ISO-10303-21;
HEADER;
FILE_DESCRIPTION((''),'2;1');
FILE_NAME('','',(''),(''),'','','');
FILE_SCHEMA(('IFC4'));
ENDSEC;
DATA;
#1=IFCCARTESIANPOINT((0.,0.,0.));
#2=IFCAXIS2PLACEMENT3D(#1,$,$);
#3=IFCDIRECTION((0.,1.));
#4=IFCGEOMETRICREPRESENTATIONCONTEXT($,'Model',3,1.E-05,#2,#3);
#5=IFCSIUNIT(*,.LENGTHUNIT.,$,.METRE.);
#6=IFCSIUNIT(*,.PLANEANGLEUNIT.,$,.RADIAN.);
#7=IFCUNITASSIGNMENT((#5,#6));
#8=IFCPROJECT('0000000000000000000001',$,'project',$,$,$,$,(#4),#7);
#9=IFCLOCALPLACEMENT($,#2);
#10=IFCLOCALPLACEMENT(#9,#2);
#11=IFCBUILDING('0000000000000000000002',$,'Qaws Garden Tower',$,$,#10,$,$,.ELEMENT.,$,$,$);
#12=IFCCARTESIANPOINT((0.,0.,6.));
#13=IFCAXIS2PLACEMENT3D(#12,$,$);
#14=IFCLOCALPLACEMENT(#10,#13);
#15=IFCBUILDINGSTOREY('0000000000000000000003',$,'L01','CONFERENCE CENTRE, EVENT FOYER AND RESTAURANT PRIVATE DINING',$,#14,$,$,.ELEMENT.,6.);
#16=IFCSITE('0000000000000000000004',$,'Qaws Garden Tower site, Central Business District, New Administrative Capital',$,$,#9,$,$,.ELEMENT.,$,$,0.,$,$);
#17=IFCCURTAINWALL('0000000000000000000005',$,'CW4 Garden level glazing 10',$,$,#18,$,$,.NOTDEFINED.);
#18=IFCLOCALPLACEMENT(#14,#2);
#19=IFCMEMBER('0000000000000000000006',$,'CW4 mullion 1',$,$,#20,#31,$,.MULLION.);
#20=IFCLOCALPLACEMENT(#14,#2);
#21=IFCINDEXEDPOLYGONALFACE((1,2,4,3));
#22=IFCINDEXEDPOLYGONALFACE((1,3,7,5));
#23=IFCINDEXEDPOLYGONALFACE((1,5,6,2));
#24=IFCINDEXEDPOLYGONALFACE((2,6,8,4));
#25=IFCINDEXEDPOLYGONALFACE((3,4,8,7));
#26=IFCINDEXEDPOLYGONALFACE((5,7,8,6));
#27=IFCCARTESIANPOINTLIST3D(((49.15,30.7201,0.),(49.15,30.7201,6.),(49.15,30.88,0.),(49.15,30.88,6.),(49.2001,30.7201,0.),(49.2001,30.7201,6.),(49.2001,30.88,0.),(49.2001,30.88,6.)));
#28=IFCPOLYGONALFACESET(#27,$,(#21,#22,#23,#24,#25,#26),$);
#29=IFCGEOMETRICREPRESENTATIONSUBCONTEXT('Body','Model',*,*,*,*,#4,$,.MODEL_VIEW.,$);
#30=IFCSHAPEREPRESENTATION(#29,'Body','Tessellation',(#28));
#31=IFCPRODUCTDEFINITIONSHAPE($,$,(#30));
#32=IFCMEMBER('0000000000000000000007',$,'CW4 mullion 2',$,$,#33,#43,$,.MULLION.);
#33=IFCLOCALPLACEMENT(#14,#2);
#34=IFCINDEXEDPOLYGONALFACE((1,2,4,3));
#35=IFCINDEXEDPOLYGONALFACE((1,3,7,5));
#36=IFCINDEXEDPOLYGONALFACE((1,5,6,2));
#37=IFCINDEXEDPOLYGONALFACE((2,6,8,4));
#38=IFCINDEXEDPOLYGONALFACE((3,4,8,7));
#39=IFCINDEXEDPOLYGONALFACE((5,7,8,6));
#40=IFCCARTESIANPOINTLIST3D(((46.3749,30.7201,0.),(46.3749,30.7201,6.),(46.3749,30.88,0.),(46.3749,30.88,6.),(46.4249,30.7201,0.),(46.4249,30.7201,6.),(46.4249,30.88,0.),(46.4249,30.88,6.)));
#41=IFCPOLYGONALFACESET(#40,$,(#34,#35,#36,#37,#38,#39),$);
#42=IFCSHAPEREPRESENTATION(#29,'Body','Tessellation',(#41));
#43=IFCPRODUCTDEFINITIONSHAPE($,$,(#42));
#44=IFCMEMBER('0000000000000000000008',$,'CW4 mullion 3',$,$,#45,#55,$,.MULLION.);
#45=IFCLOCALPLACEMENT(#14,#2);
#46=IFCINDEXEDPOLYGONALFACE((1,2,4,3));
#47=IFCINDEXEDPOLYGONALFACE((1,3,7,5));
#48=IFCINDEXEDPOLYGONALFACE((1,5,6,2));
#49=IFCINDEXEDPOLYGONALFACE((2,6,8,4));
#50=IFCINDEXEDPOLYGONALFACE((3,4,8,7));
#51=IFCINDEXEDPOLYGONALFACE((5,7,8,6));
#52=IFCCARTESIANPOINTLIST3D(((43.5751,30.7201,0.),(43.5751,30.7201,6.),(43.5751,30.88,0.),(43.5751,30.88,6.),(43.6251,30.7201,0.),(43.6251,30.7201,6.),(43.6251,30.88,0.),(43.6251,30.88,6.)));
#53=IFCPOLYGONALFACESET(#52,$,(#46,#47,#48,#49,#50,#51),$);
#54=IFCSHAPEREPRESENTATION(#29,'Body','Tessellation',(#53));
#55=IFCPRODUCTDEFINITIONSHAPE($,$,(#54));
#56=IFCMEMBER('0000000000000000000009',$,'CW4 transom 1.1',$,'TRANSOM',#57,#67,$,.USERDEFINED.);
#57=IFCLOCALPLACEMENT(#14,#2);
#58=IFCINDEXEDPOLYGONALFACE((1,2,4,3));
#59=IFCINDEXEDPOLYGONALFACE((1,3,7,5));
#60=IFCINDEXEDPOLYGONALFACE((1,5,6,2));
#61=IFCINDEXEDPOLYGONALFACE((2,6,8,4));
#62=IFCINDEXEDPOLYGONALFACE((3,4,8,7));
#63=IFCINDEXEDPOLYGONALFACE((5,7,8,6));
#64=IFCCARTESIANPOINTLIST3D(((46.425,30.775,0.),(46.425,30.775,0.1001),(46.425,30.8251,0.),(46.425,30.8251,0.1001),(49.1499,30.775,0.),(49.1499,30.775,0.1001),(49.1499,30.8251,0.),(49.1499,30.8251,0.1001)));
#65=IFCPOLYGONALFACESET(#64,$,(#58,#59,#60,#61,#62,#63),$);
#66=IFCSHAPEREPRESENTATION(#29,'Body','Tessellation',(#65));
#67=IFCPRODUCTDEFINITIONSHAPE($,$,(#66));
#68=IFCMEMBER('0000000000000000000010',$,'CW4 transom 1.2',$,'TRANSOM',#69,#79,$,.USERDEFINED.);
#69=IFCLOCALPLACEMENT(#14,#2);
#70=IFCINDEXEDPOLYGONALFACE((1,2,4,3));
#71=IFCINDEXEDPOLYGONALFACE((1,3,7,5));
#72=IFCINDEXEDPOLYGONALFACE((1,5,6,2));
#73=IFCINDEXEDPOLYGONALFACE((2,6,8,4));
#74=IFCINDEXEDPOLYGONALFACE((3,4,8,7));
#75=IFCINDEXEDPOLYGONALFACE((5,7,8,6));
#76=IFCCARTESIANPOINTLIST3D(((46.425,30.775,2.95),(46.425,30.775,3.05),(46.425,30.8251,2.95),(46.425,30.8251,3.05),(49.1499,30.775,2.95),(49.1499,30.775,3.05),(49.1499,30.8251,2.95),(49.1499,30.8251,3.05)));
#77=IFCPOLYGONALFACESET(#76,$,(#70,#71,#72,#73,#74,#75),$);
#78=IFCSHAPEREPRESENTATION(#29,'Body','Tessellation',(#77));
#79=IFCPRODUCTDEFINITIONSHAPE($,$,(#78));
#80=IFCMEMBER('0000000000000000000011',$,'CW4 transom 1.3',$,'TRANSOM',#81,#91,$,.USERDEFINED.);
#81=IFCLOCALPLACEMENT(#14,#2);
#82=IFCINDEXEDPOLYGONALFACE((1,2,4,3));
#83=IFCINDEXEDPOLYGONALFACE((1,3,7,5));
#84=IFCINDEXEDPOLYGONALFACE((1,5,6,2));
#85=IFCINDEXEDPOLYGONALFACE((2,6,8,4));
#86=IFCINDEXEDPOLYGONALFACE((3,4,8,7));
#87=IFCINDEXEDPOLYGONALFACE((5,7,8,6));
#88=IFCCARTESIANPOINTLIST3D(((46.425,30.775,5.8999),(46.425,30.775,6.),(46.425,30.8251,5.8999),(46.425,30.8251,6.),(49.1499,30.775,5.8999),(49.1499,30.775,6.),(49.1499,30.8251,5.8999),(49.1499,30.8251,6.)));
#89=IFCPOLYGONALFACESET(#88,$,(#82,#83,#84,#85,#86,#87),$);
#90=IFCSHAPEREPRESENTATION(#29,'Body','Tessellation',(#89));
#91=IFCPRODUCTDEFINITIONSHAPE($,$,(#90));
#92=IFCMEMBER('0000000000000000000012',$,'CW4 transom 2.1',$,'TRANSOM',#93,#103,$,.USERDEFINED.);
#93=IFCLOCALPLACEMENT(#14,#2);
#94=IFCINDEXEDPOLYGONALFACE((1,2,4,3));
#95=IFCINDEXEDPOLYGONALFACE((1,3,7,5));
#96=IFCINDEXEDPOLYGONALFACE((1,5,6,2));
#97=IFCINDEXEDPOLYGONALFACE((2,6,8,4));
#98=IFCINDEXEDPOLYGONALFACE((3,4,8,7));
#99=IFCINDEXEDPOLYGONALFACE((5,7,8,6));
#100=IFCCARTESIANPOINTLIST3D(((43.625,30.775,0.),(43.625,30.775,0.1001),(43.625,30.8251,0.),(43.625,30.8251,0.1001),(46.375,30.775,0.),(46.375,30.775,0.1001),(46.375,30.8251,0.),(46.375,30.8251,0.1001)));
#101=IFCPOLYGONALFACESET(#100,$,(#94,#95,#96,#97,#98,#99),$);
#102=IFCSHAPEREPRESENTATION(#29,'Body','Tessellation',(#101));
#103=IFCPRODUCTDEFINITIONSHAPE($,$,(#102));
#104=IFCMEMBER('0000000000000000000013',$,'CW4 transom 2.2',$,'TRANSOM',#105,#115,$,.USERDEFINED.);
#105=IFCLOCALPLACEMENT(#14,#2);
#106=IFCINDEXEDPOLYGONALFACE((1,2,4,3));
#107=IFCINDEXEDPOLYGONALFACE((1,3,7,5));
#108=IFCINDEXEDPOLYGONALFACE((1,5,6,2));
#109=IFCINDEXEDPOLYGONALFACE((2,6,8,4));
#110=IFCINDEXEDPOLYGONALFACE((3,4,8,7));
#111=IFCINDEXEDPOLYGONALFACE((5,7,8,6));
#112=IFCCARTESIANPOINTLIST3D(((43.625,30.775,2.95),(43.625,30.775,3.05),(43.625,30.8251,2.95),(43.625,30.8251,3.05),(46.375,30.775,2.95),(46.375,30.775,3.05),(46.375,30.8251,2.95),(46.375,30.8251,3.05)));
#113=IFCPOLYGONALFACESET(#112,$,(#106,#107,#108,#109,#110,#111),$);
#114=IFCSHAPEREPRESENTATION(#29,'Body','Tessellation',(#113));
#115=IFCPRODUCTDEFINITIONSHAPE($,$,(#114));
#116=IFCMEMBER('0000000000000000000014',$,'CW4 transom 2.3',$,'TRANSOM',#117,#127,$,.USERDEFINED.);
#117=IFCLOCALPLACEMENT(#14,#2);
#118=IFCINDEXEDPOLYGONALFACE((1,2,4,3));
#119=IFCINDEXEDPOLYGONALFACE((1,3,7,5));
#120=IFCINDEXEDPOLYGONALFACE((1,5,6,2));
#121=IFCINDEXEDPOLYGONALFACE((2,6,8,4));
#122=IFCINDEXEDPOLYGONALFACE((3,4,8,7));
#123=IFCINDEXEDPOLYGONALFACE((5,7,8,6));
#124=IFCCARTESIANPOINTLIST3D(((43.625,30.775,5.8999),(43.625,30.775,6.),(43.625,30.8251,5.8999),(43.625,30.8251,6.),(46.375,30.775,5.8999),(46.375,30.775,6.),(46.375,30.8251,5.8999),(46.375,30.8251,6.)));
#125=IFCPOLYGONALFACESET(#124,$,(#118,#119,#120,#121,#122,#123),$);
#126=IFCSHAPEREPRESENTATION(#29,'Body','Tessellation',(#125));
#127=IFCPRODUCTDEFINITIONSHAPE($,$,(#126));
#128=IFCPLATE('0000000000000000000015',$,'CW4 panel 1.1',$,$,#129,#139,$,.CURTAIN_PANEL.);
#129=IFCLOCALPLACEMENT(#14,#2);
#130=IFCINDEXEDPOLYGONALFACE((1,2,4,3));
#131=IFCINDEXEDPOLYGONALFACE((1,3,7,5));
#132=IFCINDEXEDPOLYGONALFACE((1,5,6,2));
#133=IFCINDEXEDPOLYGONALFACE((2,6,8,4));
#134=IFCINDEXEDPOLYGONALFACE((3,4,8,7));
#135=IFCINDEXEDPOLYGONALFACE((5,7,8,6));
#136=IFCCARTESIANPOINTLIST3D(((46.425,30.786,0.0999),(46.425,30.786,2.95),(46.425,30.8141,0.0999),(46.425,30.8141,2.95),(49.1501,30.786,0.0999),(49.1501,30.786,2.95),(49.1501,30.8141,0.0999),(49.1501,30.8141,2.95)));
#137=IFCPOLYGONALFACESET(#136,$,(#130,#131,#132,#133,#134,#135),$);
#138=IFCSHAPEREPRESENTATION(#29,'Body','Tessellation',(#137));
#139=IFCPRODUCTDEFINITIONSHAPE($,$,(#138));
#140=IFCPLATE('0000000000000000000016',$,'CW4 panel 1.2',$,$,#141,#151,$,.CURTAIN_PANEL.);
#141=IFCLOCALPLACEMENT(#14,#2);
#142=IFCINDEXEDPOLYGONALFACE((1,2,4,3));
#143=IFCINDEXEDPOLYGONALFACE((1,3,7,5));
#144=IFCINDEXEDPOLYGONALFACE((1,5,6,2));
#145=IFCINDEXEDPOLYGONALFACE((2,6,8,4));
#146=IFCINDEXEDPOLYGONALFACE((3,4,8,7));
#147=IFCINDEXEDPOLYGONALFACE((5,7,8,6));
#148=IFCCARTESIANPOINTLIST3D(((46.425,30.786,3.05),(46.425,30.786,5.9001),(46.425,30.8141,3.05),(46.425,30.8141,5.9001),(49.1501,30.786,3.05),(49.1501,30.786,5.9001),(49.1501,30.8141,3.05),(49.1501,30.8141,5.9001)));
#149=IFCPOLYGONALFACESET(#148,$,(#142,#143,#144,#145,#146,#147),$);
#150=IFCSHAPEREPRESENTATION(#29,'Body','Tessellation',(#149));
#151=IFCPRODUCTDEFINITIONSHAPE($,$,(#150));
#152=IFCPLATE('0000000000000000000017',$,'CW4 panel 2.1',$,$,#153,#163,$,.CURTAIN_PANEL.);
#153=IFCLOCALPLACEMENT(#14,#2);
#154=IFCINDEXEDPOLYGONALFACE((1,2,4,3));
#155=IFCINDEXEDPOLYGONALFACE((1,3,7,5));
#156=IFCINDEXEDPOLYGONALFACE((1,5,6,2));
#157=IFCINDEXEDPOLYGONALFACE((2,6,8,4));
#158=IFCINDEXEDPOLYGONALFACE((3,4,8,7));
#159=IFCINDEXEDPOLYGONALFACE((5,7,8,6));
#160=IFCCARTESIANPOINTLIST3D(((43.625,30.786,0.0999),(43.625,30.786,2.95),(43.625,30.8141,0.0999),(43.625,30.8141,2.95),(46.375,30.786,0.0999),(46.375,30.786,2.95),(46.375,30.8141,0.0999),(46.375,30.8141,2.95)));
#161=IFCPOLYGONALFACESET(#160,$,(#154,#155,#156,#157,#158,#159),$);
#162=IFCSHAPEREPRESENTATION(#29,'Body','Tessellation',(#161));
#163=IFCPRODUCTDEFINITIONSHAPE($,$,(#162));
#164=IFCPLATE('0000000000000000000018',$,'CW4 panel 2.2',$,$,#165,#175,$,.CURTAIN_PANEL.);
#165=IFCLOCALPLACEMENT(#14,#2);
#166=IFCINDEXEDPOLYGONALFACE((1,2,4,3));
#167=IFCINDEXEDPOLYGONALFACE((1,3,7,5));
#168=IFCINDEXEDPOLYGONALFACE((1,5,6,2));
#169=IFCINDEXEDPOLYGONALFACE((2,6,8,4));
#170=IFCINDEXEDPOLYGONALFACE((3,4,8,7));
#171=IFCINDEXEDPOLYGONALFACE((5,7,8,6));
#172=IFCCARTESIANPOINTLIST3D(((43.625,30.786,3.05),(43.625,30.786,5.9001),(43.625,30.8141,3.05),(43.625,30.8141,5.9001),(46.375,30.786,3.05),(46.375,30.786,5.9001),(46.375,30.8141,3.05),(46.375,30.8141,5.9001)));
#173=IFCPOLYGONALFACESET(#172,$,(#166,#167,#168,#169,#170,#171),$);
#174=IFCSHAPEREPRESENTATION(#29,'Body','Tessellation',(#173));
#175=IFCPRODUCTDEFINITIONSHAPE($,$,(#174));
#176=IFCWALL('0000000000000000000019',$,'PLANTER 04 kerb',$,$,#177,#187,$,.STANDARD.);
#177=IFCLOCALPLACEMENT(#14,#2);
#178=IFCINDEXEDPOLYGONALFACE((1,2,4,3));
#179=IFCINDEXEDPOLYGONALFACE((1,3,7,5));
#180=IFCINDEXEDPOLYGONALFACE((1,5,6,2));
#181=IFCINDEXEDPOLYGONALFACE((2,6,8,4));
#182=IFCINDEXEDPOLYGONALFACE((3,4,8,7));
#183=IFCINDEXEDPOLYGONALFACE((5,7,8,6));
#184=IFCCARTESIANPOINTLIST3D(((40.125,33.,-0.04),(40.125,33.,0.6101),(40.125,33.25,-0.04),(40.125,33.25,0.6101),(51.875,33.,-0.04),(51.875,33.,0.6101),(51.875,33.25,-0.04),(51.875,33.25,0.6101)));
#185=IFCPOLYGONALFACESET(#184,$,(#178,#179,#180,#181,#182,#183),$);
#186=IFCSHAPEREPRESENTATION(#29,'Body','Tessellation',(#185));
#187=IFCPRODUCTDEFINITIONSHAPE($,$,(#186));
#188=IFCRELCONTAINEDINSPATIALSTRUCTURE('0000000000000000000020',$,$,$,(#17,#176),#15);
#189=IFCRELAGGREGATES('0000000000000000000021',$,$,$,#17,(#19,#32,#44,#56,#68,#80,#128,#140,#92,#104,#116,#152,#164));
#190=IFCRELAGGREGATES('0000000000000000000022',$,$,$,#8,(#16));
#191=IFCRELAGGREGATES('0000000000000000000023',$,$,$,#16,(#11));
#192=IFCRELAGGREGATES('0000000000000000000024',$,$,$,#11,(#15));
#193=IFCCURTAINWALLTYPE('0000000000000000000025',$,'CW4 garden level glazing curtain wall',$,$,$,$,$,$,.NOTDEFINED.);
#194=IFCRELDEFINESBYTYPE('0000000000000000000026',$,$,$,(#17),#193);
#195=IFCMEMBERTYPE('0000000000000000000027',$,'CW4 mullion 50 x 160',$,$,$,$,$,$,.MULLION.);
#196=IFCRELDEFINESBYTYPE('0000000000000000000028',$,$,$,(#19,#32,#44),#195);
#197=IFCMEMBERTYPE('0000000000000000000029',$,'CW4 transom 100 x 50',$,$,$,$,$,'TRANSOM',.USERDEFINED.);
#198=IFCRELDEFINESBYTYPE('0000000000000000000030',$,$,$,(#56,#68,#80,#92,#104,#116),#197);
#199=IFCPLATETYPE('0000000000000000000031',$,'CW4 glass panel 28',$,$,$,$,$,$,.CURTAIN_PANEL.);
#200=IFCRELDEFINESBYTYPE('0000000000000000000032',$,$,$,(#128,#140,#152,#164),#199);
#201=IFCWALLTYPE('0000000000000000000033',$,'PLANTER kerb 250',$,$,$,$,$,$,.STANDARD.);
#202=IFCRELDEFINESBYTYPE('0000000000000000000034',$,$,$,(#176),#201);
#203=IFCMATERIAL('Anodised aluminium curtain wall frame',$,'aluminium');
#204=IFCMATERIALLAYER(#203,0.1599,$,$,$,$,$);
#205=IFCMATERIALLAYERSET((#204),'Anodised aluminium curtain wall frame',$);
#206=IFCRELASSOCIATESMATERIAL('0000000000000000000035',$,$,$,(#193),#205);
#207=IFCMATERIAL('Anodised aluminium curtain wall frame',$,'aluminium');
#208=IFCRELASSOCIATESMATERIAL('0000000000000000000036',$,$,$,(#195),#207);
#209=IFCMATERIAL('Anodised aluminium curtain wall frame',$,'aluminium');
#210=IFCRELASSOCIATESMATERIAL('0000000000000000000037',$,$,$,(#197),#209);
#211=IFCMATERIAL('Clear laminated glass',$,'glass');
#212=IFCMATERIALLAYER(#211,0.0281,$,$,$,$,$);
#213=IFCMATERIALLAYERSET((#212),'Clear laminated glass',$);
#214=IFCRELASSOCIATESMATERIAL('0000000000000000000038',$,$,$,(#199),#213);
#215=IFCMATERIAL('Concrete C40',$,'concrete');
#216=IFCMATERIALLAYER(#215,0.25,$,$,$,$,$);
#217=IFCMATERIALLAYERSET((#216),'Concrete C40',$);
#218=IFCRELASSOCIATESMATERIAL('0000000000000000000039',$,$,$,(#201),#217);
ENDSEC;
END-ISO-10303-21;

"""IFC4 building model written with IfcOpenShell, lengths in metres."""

from ifc_helpers import new_model, si_unit, direction, frame, frame_2d, origin, origin_2d, place, context, subcontext, project, spatial, rectangle, extrude, material, layer, layer_set, material_profile, profile_set, type_object, element, aggregate, save


model = new_model("IFC4")

# Units and contexts
model_context = context("Model", 3, precision=1e-05, world=origin(), true_north=direction((0.0, 1.0)))
body_context = subcontext(model_context, "Body", "Model", "MODEL_VIEW")
ifc_project = project(units=[si_unit("LENGTHUNIT", "METRE"), si_unit("PLANEANGLEUNIT", "RADIAN")], contexts=[model_context])

# Site, building, storey
site_placement = place(None, origin())
site = spatial("IfcSite", under=ifc_project, at=site_placement, Name="Qaws Garden Tower site, Central Business District, New Administrative Capital", CompositionType="ELEMENT", RefElevation=0.0)
building_placement = place(site_placement, origin())
building = spatial("IfcBuilding", under=site, at=building_placement, Name="Qaws Garden Tower", CompositionType="ELEMENT")
storey_placement = place(building_placement, frame((0.0, 0.0, 6.0)))
storey = spatial("IfcBuildingStorey", under=building, at=storey_placement, Name="L01", Description="CONFERENCE CENTRE, EVENT FOYER AND RESTAURANT PRIVATE DINING", CompositionType="ELEMENT", Elevation=6.0)

# Curtain wall, members, plates
ifc_material_1 = material(Name="Anodised aluminium curtain wall frame", Category="aluminium")
ifc_layer_1 = layer(ifc_material_1, 0.1599)
ifc_layer_set_1 = layer_set([ifc_layer_1], Name="Anodised aluminium curtain wall frame")
curtain_wall_type = type_object("IfcCurtainWallType", Name="CW4 garden level glazing curtain wall", PredefinedType="NOTDEFINED", material=ifc_layer_set_1)
curtain_wall_placement = place(storey_placement, origin())
curtain_wall = element("IfcCurtainWall", 1, at=curtain_wall_placement, inside=storey, type_object=curtain_wall_type, Name="CW4 Garden level glazing 10", PredefinedType="NOTDEFINED")
ifc_material_2 = material(Name="Anodised aluminium curtain wall frame", Category="aluminium")
ifc_material_profile_1 = material_profile(ifc_material_2, rectangle(XDim=0.1599, YDim=0.05, at=origin_2d()), Name="AL 50x160")
ifc_profile_set_1 = profile_set([ifc_material_profile_1], Name="Anodised aluminium curtain wall frame")
member_type_1 = type_object("IfcMemberType", Name="CW4 mullion 50 x 160", PredefinedType="MULLION", material=ifc_profile_set_1)
member_1_placement = place(storey_placement, frame((49.175, 30.8, 0.0), z_axis=(0.0, 0.0, 1.0), x_axis=(0.0, -1.0, 0.0)))
member_1 = element("IfcMember", 2, at=member_1_placement, type_object=member_type_1, Name="CW4 mullion 1", PredefinedType="MULLION", context=body_context, shape_type="SweptSolid", body=[
    extrude(rectangle(XDim=0.1599, YDim=0.05, at=origin_2d()), origin(), (0.0, 0.0, 1.0), 6.0),
])
member_2_placement = place(storey_placement, frame((46.3999, 30.8, 0.0), z_axis=(0.0, 0.0, 1.0), x_axis=(0.0, -1.0, 0.0)))
member_2 = element("IfcMember", 3, at=member_2_placement, type_object=member_type_1, Name="CW4 mullion 2", PredefinedType="MULLION", context=body_context, shape_type="SweptSolid", body=[
    extrude(rectangle(XDim=0.1599, YDim=0.05, at=origin_2d()), origin(), (0.0, 0.0, 1.0), 6.0),
])
member_3_placement = place(storey_placement, frame((43.6001, 30.8, 0.0), z_axis=(0.0, 0.0, 1.0), x_axis=(0.0, -1.0, 0.0)))
member_3 = element("IfcMember", 4, at=member_3_placement, type_object=member_type_1, Name="CW4 mullion 3", PredefinedType="MULLION", context=body_context, shape_type="SweptSolid", body=[
    extrude(rectangle(XDim=0.1599, YDim=0.05, at=origin_2d()), origin(), (0.0, 0.0, 1.0), 6.0),
])
ifc_material_3 = material(Name="Anodised aluminium curtain wall frame", Category="aluminium")
ifc_material_profile_2 = material_profile(ifc_material_3, rectangle(XDim=0.05, YDim=0.1001, at=origin_2d()), Name="AL 50x100")
ifc_profile_set_2 = profile_set([ifc_material_profile_2], Name="Anodised aluminium curtain wall frame")
member_type_2 = type_object("IfcMemberType", Name="CW4 transom 100 x 50", ElementType="TRANSOM", PredefinedType="USERDEFINED", material=ifc_profile_set_2)
member_4_placement = place(storey_placement, frame((49.1499, 30.8, 0.05), z_axis=(-1.0, 0.0, 0.0), x_axis=(0.0, -1.0, 0.0)))
member_4 = element("IfcMember", 5, at=member_4_placement, type_object=member_type_2, Name="CW4 transom 1.1", ObjectType="TRANSOM", PredefinedType="USERDEFINED", context=body_context, shape_type="SweptSolid", body=[
    extrude(rectangle(XDim=0.05, YDim=0.1001, at=origin_2d()), origin(), (0.0, 0.0, 1.0), 2.7249),
])
member_5_placement = place(storey_placement, frame((49.1499, 30.8, 3.0), z_axis=(-1.0, 0.0, 0.0), x_axis=(0.0, -1.0, 0.0)))
member_5 = element("IfcMember", 6, at=member_5_placement, type_object=member_type_2, Name="CW4 transom 1.2", ObjectType="TRANSOM", PredefinedType="USERDEFINED", context=body_context, shape_type="SweptSolid", body=[
    extrude(rectangle(XDim=0.05, YDim=0.1001, at=origin_2d()), origin(), (0.0, 0.0, 1.0), 2.7249),
])
member_6_placement = place(storey_placement, frame((49.1499, 30.8, 5.95), z_axis=(-1.0, 0.0, 0.0), x_axis=(0.0, -1.0, 0.0)))
member_6 = element("IfcMember", 7, at=member_6_placement, type_object=member_type_2, Name="CW4 transom 1.3", ObjectType="TRANSOM", PredefinedType="USERDEFINED", context=body_context, shape_type="SweptSolid", body=[
    extrude(rectangle(XDim=0.05, YDim=0.1001, at=origin_2d()), origin(), (0.0, 0.0, 1.0), 2.7249),
])
member_7_placement = place(storey_placement, frame((46.375, 30.8, 0.05), z_axis=(-1.0, 0.0, 0.0), x_axis=(0.0, -1.0, 0.0)))
member_7 = element("IfcMember", 8, at=member_7_placement, type_object=member_type_2, Name="CW4 transom 2.1", ObjectType="TRANSOM", PredefinedType="USERDEFINED", context=body_context, shape_type="SweptSolid", body=[
    extrude(rectangle(XDim=0.05, YDim=0.1001, at=origin_2d()), origin(), (0.0, 0.0, 1.0), 2.75),
])
member_8_placement = place(storey_placement, frame((46.375, 30.8, 3.0), z_axis=(-1.0, 0.0, 0.0), x_axis=(0.0, -1.0, 0.0)))
member_8 = element("IfcMember", 9, at=member_8_placement, type_object=member_type_2, Name="CW4 transom 2.2", ObjectType="TRANSOM", PredefinedType="USERDEFINED", context=body_context, shape_type="SweptSolid", body=[
    extrude(rectangle(XDim=0.05, YDim=0.1001, at=origin_2d()), origin(), (0.0, 0.0, 1.0), 2.75),
])
member_9_placement = place(storey_placement, frame((46.375, 30.8, 5.95), z_axis=(-1.0, 0.0, 0.0), x_axis=(0.0, -1.0, 0.0)))
member_9 = element("IfcMember", 10, at=member_9_placement, type_object=member_type_2, Name="CW4 transom 2.3", ObjectType="TRANSOM", PredefinedType="USERDEFINED", context=body_context, shape_type="SweptSolid", body=[
    extrude(rectangle(XDim=0.05, YDim=0.1001, at=origin_2d()), origin(), (0.0, 0.0, 1.0), 2.75),
])
ifc_material_4 = material(Name="Clear laminated glass", Category="glass")
ifc_layer_2 = layer(ifc_material_4, 0.0281)
ifc_layer_set_2 = layer_set([ifc_layer_2], Name="Clear laminated glass")
plate_type = type_object("IfcPlateType", Name="CW4 glass panel 28", PredefinedType="CURTAIN_PANEL", material=ifc_layer_set_2)
plate_1_placement = place(storey_placement, frame((47.7876, 30.8, 0.0999), z_axis=(0.0, 0.0, 1.0), x_axis=(-1.0, 0.0, 0.0)))
plate_1 = element("IfcPlate", 11, at=plate_1_placement, type_object=plate_type, Name="CW4 panel 1.1", PredefinedType="CURTAIN_PANEL", context=body_context, shape_type="SweptSolid", body=[
    extrude(rectangle(XDim=2.7251, YDim=0.0281, at=origin_2d()), origin(), (0.0, 0.0, 1.0), 2.8501),
])
plate_2_placement = place(storey_placement, frame((47.7876, 30.8, 3.05), z_axis=(0.0, 0.0, 1.0), x_axis=(-1.0, 0.0, 0.0)))
plate_2 = element("IfcPlate", 12, at=plate_2_placement, type_object=plate_type, Name="CW4 panel 1.2", PredefinedType="CURTAIN_PANEL", context=body_context, shape_type="SweptSolid", body=[
    extrude(rectangle(XDim=2.7251, YDim=0.0281, at=origin_2d()), origin(), (0.0, 0.0, 1.0), 2.8501),
])
plate_3_placement = place(storey_placement, frame((45.0, 30.8, 0.0999), z_axis=(0.0, 0.0, 1.0), x_axis=(-1.0, 0.0, 0.0)))
plate_3 = element("IfcPlate", 13, at=plate_3_placement, type_object=plate_type, Name="CW4 panel 2.1", PredefinedType="CURTAIN_PANEL", context=body_context, shape_type="SweptSolid", body=[
    extrude(rectangle(XDim=2.75, YDim=0.0281, at=origin_2d()), origin(), (0.0, 0.0, 1.0), 2.8501),
])
plate_4_placement = place(storey_placement, frame((45.0, 30.8, 3.05), z_axis=(0.0, 0.0, 1.0), x_axis=(-1.0, 0.0, 0.0)))
plate_4 = element("IfcPlate", 14, at=plate_4_placement, type_object=plate_type, Name="CW4 panel 2.2", PredefinedType="CURTAIN_PANEL", context=body_context, shape_type="SweptSolid", body=[
    extrude(rectangle(XDim=2.75, YDim=0.0281, at=origin_2d()), origin(), (0.0, 0.0, 1.0), 2.8501),
])
aggregate(curtain_wall, [member_1, member_2, member_3, member_4, member_5, member_6, plate_1, plate_2, member_7, member_8, member_9, plate_3, plate_4])

# Wall
ifc_material_5 = material(Name="Concrete C40", Category="concrete")
ifc_layer_3 = layer(ifc_material_5, 0.25)
ifc_layer_set_3 = layer_set([ifc_layer_3], Name="Concrete C40")
wall_type_1 = type_object("IfcWallType", Name="PLANTER kerb 250", PredefinedType="STANDARD", material=ifc_layer_set_3)
wall_1_placement = place(storey_placement, frame((40.125, 33.125, -0.04), z_axis=(0.0, 0.0, 1.0), x_axis=(1.0, 0.0, 0.0)))
element("IfcWall", 15, at=wall_1_placement, inside=storey, type_object=wall_type_1, Name="PLANTER 04 kerb", PredefinedType="STANDARD", context=body_context, shape_type="SweptSolid", body=[
    extrude(rectangle(XDim=11.75, YDim=0.25, at=frame_2d((5.875, 0.0))), origin(), (0.0, 0.0, 1.0), 0.6501),
])

save(model, "model.ifc")
